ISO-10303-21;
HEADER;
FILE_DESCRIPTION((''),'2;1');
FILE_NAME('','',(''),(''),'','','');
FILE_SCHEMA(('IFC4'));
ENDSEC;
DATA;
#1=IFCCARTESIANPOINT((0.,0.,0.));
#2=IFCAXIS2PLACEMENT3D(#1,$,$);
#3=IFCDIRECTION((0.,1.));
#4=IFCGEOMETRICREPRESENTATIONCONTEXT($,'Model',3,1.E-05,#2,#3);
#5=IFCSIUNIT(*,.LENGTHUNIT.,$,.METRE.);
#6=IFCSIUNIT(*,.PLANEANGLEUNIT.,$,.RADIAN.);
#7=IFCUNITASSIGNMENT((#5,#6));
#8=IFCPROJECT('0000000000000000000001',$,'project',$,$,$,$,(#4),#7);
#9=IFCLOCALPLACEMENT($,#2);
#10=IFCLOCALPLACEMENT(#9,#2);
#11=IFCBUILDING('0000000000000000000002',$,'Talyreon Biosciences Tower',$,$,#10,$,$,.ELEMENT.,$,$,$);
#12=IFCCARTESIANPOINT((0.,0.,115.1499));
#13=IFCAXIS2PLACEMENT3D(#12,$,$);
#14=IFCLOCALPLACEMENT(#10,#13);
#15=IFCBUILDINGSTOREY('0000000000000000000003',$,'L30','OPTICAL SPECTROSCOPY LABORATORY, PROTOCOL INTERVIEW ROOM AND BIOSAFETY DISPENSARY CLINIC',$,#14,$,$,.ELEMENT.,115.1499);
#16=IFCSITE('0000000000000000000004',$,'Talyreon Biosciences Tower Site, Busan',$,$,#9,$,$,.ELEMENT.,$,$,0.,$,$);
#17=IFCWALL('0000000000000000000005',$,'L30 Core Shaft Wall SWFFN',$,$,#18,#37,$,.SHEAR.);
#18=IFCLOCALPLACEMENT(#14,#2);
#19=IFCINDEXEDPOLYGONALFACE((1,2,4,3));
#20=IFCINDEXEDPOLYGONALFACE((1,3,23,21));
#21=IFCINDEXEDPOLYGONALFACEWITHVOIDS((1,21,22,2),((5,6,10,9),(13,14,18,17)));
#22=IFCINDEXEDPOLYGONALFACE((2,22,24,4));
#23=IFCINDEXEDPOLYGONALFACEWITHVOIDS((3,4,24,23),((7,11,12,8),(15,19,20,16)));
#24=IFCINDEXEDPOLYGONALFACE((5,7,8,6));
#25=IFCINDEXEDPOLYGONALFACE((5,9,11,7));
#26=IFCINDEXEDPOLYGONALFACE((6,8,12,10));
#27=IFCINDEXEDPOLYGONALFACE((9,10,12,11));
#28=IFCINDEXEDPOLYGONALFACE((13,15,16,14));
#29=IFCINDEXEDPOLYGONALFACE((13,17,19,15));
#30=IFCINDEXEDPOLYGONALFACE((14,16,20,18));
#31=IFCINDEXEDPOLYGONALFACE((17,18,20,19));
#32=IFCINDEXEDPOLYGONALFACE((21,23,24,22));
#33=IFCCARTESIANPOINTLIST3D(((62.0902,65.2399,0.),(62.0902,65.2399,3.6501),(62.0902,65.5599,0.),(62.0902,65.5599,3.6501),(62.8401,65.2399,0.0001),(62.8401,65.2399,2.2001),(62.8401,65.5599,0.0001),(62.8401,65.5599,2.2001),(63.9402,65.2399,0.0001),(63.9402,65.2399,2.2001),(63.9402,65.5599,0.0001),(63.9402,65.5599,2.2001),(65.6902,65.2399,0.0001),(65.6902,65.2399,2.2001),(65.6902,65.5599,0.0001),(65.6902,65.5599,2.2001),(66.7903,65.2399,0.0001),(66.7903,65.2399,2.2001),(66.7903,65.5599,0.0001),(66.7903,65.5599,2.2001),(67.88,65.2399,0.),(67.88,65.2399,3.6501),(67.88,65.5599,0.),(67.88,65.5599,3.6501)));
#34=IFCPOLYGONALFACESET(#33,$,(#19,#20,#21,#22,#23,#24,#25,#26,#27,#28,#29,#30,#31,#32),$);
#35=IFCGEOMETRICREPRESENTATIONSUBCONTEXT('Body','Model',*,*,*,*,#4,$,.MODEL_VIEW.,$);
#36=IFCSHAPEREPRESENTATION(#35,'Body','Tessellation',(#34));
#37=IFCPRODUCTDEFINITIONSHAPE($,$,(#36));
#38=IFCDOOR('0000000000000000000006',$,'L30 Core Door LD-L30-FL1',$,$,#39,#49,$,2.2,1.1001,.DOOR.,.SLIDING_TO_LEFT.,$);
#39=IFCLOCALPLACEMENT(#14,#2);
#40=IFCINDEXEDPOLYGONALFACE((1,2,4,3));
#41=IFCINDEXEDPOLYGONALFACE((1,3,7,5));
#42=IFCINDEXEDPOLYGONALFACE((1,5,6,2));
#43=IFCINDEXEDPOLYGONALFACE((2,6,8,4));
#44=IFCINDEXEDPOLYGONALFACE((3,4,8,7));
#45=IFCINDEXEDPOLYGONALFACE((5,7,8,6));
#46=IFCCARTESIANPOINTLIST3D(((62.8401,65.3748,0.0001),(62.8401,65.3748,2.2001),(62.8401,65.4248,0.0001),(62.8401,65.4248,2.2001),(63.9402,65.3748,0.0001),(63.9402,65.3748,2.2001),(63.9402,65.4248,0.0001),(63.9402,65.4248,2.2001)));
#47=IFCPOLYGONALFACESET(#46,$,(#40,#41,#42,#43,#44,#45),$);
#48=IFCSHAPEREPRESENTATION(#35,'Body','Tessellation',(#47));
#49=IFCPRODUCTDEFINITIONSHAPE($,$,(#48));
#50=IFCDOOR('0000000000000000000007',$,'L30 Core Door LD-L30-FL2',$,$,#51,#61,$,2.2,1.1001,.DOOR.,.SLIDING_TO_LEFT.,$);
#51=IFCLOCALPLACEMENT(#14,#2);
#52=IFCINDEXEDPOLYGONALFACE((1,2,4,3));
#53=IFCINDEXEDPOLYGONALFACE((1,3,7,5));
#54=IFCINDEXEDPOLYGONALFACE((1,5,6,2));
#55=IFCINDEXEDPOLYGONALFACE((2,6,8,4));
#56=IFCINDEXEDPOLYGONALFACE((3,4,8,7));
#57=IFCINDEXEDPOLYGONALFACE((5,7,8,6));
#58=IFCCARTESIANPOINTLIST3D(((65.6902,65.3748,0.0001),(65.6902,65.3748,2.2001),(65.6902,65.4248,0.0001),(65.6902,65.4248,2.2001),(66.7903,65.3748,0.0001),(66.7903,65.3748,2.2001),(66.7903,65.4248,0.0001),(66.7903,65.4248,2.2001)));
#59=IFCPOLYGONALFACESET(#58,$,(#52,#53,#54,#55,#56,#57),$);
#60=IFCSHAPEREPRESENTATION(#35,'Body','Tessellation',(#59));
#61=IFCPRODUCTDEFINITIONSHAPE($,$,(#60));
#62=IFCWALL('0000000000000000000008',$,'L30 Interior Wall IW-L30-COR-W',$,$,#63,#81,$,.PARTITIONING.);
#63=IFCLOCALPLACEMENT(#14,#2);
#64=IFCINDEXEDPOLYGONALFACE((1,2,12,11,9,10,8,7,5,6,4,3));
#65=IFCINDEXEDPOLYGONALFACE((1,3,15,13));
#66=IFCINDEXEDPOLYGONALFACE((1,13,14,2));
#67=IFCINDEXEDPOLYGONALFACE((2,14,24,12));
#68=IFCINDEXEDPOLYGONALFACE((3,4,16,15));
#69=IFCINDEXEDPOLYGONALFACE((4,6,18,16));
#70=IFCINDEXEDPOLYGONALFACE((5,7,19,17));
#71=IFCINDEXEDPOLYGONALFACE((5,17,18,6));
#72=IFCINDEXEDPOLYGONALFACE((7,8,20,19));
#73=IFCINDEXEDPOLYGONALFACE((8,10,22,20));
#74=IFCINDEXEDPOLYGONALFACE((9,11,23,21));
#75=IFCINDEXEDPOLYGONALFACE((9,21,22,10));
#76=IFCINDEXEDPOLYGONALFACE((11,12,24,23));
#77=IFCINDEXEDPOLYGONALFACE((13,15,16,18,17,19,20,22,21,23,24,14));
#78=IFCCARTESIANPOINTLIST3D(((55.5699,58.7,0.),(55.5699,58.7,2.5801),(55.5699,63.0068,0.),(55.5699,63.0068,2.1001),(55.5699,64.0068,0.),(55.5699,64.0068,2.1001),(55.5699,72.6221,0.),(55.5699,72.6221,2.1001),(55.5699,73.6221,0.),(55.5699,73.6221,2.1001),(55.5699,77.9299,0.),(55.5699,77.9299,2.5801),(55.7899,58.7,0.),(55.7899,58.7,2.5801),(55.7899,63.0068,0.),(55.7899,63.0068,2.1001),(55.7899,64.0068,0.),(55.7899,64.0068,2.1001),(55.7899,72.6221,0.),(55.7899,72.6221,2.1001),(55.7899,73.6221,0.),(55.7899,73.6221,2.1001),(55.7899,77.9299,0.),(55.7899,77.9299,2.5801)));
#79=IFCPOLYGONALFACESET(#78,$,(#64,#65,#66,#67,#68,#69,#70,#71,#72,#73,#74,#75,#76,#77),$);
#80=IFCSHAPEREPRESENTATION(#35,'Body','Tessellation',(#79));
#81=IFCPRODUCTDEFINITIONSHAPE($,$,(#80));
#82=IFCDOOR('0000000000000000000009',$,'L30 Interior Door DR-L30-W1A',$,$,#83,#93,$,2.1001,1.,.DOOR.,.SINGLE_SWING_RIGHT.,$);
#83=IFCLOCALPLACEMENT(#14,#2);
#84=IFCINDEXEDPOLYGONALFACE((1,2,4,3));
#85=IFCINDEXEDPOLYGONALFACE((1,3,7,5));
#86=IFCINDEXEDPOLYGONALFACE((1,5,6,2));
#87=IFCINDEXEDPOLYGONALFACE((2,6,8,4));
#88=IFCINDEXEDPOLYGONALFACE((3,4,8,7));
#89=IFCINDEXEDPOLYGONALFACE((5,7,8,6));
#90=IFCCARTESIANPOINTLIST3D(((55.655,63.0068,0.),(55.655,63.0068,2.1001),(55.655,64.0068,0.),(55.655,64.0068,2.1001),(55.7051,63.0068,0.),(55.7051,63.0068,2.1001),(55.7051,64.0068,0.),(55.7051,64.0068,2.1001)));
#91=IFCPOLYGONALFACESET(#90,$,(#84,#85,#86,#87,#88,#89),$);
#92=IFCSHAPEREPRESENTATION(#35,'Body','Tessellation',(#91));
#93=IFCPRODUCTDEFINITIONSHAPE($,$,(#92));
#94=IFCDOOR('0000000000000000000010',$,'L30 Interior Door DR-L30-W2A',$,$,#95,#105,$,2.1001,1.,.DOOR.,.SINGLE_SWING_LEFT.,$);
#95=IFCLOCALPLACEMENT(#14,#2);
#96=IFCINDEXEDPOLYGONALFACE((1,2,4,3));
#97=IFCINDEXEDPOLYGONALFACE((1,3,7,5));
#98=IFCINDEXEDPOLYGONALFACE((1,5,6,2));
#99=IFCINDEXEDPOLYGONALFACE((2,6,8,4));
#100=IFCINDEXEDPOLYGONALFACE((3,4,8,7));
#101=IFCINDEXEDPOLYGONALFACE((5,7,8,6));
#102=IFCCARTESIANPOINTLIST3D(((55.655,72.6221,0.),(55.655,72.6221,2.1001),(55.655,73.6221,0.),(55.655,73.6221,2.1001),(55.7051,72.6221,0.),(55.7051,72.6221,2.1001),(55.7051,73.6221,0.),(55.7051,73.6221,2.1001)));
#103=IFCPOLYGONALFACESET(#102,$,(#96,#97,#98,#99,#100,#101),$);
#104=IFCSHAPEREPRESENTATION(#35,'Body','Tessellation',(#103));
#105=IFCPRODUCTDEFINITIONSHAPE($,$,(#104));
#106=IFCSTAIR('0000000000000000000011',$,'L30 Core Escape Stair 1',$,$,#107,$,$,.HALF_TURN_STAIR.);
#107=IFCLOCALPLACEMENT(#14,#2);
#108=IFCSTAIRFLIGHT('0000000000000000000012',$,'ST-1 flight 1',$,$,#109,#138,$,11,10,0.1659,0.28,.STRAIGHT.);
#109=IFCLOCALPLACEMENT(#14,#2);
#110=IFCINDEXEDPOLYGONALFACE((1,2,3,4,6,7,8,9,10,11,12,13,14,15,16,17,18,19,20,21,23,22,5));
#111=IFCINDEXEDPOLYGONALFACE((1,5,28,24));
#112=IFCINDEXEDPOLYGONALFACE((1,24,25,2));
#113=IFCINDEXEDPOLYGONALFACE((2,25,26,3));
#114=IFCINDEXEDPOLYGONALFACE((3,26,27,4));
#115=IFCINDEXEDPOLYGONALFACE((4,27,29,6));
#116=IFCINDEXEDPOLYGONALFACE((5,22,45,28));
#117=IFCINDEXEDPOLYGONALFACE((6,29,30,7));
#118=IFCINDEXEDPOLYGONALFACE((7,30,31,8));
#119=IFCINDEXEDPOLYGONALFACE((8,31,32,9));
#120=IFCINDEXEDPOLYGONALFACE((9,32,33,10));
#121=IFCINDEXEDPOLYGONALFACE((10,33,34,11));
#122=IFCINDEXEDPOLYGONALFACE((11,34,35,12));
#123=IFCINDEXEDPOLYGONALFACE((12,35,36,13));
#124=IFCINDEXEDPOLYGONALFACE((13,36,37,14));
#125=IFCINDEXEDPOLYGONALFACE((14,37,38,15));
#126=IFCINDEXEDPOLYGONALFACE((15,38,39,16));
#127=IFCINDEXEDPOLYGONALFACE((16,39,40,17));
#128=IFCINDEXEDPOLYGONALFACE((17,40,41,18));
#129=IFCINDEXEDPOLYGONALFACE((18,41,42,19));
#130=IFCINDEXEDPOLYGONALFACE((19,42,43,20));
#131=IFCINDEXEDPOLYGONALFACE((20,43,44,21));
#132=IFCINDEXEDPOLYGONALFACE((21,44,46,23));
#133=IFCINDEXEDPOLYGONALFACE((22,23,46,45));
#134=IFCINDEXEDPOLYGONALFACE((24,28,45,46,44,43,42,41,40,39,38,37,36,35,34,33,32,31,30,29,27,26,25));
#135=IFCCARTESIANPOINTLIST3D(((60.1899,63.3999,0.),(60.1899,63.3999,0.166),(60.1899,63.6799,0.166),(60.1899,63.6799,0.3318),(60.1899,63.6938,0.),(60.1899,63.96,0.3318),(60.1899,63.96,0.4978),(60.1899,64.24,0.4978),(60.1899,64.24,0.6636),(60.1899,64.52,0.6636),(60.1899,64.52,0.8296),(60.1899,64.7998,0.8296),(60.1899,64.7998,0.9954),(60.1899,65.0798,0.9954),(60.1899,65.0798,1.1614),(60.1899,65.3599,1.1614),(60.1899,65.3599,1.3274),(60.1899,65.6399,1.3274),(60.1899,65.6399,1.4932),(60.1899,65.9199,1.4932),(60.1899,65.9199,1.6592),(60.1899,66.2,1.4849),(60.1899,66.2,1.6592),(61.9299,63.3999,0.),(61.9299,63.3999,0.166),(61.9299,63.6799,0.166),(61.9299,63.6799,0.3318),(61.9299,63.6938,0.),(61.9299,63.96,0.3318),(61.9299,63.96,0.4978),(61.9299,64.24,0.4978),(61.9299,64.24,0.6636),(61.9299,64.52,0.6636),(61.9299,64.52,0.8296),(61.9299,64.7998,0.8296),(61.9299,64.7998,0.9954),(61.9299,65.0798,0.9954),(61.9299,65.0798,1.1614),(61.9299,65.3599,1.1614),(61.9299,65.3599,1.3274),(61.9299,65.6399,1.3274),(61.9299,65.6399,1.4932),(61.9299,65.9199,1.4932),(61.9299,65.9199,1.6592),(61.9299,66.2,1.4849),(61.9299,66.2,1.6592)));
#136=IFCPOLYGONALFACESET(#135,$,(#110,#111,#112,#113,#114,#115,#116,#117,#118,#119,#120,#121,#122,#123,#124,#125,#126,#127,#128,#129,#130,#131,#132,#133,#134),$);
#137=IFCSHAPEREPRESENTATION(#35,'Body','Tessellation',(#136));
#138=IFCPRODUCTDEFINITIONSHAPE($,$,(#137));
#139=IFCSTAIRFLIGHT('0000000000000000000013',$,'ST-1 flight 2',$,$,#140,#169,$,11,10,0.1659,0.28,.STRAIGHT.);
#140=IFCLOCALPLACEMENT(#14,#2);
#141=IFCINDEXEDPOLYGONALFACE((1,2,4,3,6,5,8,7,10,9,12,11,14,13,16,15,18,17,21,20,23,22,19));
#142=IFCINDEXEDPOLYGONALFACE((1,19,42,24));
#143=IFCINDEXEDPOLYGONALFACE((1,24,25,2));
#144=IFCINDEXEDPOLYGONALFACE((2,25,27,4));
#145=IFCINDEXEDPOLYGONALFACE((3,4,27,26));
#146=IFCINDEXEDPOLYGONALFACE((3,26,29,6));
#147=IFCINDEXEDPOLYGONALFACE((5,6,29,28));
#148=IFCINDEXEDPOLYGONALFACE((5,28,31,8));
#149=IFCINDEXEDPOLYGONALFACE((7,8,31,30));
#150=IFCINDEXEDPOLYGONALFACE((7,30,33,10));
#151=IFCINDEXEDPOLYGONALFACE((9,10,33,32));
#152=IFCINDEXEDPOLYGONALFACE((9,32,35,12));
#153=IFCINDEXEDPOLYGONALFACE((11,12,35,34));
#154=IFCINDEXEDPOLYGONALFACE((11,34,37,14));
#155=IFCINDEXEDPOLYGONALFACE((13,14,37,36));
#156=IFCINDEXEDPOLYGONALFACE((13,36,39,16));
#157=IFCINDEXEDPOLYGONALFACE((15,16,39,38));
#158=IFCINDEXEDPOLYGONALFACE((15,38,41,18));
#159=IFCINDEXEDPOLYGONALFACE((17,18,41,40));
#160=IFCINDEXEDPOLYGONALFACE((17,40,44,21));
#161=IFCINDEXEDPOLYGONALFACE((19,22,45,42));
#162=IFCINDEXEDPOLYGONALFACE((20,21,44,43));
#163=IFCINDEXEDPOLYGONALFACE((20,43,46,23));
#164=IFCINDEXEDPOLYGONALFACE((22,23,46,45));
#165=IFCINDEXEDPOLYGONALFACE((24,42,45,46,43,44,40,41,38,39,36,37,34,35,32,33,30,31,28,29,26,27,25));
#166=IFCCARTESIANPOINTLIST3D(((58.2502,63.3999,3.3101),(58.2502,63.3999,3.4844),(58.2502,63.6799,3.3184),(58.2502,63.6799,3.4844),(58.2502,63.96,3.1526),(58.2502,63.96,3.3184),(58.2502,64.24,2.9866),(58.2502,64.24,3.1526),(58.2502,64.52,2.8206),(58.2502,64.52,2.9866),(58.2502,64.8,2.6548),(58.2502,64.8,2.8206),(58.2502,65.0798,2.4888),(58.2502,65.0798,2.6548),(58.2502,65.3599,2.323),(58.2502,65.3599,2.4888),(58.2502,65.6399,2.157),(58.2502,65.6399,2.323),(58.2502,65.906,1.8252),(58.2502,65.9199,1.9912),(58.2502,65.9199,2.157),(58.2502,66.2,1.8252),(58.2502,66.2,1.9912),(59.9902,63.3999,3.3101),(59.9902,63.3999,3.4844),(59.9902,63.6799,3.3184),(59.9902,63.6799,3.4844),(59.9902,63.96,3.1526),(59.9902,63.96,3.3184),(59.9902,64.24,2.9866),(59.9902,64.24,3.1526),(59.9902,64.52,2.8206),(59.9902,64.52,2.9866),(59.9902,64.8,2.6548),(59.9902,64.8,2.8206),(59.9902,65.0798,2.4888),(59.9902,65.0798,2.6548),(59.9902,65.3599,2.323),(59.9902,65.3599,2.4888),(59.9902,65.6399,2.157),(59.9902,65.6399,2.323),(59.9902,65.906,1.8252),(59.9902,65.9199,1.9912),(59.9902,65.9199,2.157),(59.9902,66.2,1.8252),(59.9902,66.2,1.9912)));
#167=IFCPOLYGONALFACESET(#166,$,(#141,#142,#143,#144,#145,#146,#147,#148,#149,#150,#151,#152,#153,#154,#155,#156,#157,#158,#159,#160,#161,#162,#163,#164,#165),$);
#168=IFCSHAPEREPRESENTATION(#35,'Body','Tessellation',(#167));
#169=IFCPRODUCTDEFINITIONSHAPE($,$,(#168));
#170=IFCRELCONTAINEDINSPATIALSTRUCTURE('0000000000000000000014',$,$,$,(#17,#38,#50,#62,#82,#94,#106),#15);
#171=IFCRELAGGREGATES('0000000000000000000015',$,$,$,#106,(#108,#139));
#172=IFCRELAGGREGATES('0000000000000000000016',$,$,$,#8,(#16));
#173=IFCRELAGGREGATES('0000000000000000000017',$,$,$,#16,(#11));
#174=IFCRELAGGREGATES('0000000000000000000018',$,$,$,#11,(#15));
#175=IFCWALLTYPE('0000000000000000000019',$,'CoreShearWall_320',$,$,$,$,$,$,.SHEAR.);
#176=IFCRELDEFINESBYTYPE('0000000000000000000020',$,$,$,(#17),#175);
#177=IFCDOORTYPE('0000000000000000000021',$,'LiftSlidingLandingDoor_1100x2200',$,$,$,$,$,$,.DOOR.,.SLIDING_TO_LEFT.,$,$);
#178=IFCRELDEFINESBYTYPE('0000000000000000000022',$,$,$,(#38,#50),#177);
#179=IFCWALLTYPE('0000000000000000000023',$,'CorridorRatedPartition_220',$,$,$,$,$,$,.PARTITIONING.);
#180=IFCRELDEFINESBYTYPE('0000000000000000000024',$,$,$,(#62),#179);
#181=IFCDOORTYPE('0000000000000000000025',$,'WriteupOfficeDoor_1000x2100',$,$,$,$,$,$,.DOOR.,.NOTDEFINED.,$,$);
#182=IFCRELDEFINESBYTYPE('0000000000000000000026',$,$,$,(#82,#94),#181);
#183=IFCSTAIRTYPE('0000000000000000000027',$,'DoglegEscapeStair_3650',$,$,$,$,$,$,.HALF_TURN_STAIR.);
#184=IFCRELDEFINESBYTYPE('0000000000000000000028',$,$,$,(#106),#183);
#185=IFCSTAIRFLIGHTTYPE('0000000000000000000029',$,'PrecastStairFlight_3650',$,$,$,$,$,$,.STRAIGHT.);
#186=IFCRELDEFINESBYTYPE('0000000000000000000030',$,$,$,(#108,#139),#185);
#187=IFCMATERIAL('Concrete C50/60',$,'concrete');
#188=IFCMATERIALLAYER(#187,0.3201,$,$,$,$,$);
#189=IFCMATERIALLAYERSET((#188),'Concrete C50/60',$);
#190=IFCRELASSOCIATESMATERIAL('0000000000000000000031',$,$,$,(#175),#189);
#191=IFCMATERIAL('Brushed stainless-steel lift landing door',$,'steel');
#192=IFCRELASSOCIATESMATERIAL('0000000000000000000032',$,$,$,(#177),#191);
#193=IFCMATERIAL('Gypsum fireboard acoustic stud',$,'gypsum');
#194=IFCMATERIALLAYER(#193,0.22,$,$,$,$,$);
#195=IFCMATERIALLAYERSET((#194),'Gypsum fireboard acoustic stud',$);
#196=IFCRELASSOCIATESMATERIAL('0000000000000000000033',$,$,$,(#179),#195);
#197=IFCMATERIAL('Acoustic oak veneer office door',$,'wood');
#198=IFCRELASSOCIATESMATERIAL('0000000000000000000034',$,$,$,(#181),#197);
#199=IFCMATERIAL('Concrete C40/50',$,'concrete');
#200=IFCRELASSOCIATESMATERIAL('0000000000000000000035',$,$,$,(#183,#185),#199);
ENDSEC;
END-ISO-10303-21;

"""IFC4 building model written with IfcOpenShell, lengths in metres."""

from ifc_helpers import new_model, si_unit, direction, frame, frame_2d, origin, place, context, subcontext, project, spatial, polyline, rectangle, outline, extrude, material, layer, layer_set, type_object, element, fill, aggregate, save


model = new_model("IFC4")

# Units and contexts
model_context = context("Model", 3, precision=1e-05, world=origin(), true_north=direction((0.0, 1.0)))
body_context = subcontext(model_context, "Body", "Model", "MODEL_VIEW")
ifc_project = project(units=[si_unit("LENGTHUNIT", "METRE"), si_unit("PLANEANGLEUNIT", "RADIAN")], contexts=[model_context])

# Site, building, storey
site_placement = place(None, origin())
site = spatial("IfcSite", under=ifc_project, at=site_placement, Name="Talyreon Biosciences Tower Site, Busan", CompositionType="ELEMENT", RefElevation=0.0)
building_placement = place(site_placement, origin())
building = spatial("IfcBuilding", under=site, at=building_placement, Name="Talyreon Biosciences Tower", CompositionType="ELEMENT")
storey_placement = place(building_placement, frame((0.0, 0.0, 115.1499)))
storey = spatial("IfcBuildingStorey", under=building, at=storey_placement, Name="L30", Description="OPTICAL SPECTROSCOPY LABORATORY, PROTOCOL INTERVIEW ROOM AND BIOSAFETY DISPENSARY CLINIC", CompositionType="ELEMENT", Elevation=115.1499)

# Shared definitions
ifc_material_1 = material(Name="Concrete C50/60", Category="concrete")

# Shared definitions
ifc_layer_1 = layer(ifc_material_1, 0.3201)
ifc_layer_set_1 = layer_set([ifc_layer_1], Name="Concrete C50/60")
wall_type_1 = type_object("IfcWallType", Name="CoreShearWall_320", PredefinedType="SHEAR", material=ifc_layer_set_1)

# Walls, openings, doors
wall_1_placement = place(storey_placement, frame((62.0901, 65.3999, 0.0), z_axis=(0.0, 0.0, 1.0), x_axis=(1.0, 0.0, 0.0)))
wall_1 = element("IfcWall", 1, at=wall_1_placement, inside=storey, type_object=wall_type_1, Name="L30 Core Shaft Wall SWFFN", PredefinedType="SHEAR", context=body_context, shape_type="SweptSolid", body=[
    extrude(rectangle(XDim=5.7898, YDim=0.3201, at=frame_2d((2.895, 0.0))), origin(), (0.0, 0.0, 1.0), 3.6501),
])
opening_1_placement = place(wall_1_placement, frame((0.75, 0.0, 0.0)))
opening_1 = element("IfcOpeningElement", 2, at=opening_1_placement, cuts=wall_1, PredefinedType="OPENING", context=body_context, shape_type="SweptSolid", body=[
    extrude(rectangle(XDim=1.1001, YDim=2.2, at=frame_2d((0.55, 1.1001))), frame((0.0, 0.1699, 0.0), z_axis=(0.0, -1.0, 0.0), x_axis=(1.0, 0.0, 0.0)), (0.0, 0.0, 1.0), 0.3401),
])
opening_2_placement = place(wall_1_placement, frame((3.6001, 0.0, 0.0)))
opening_2 = element("IfcOpeningElement", 3, at=opening_2_placement, cuts=wall_1, PredefinedType="OPENING", context=body_context, shape_type="SweptSolid", body=[
    extrude(rectangle(XDim=1.1001, YDim=2.2, at=frame_2d((0.55, 1.1001))), frame((0.0, 0.1699, 0.0), z_axis=(0.0, -1.0, 0.0), x_axis=(1.0, 0.0, 0.0)), (0.0, 0.0, 1.0), 0.3401),
])
ifc_material_2 = material(Name="Brushed stainless-steel lift landing door", Category="steel")
door_type_1 = type_object("IfcDoorType", Name="LiftSlidingLandingDoor_1100x2200", OperationType="SLIDING_TO_LEFT", PredefinedType="DOOR", material=ifc_material_2)
door_1_placement = place(opening_1_placement, origin())
door_1 = element("IfcDoor", 4, at=door_1_placement, inside=storey, type_object=door_type_1, Name="L30 Core Door LD-L30-FL1", OperationType="SLIDING_TO_LEFT", OverallHeight=2.2, OverallWidth=1.1001, PredefinedType="DOOR", context=body_context, shape_type="SweptSolid", body=[
    extrude(rectangle(XDim=1.1001, YDim=2.2, at=frame_2d((0.55, 1.1001))), frame((0.0, 0.0249, 0.0), z_axis=(0.0, -1.0, 0.0), x_axis=(1.0, 0.0, 0.0)), (0.0, 0.0, 1.0), 0.05),
])
fill(opening_1, door_1)
door_2_placement = place(opening_2_placement, origin())
door_2 = element("IfcDoor", 5, at=door_2_placement, inside=storey, type_object=door_type_1, Name="L30 Core Door LD-L30-FL2", OperationType="SLIDING_TO_LEFT", OverallHeight=2.2, OverallWidth=1.1001, PredefinedType="DOOR", context=body_context, shape_type="SweptSolid", body=[
    extrude(rectangle(XDim=1.1001, YDim=2.2, at=frame_2d((0.55, 1.1001))), frame((0.0, 0.0249, 0.0), z_axis=(0.0, -1.0, 0.0), x_axis=(1.0, 0.0, 0.0)), (0.0, 0.0, 1.0), 0.05),
])
fill(opening_2, door_2)
ifc_material_3 = material(Name="Gypsum fireboard acoustic stud", Category="gypsum")
ifc_layer_2 = layer(ifc_material_3, 0.22)
ifc_layer_set_2 = layer_set([ifc_layer_2], Name="Gypsum fireboard acoustic stud")
wall_type_2 = type_object("IfcWallType", Name="CorridorRatedPartition_220", PredefinedType="PARTITIONING", material=ifc_layer_set_2)
wall_2_placement = place(storey_placement, frame((55.6799, 58.7, 0.0), z_axis=(0.0, 0.0, 1.0), x_axis=(0.0, 1.0, 0.0)))
wall_2 = element("IfcWall", 6, at=wall_2_placement, inside=storey, type_object=wall_type_2, Name="L30 Interior Wall IW-L30-COR-W", PredefinedType="PARTITIONING", context=body_context, shape_type="SweptSolid", body=[
    extrude(rectangle(XDim=19.23, YDim=0.22, at=frame_2d((9.615, 0.0))), origin(), (0.0, 0.0, 1.0), 2.5801),
])
opening_3_placement = place(wall_2_placement, frame((4.3069, 0.0, 0.0)))
opening_3 = element("IfcOpeningElement", 7, at=opening_3_placement, cuts=wall_2, PredefinedType="OPENING", context=body_context, shape_type="SweptSolid", body=[
    extrude(rectangle(XDim=1.0, YDim=2.1001, at=frame_2d((0.5, 1.05))), frame((0.0, 0.1199, 0.0), z_axis=(0.0, -1.0, 0.0), x_axis=(1.0, 0.0, 0.0)), (0.0, 0.0, 1.0), 0.24),
])
opening_4_placement = place(wall_2_placement, frame((13.9221, 0.0, 0.0)))
opening_4 = element("IfcOpeningElement", 8, at=opening_4_placement, cuts=wall_2, PredefinedType="OPENING", context=body_context, shape_type="SweptSolid", body=[
    extrude(rectangle(XDim=1.0, YDim=2.1001, at=frame_2d((0.5, 1.05))), frame((0.0, 0.1199, 0.0), z_axis=(0.0, -1.0, 0.0), x_axis=(1.0, 0.0, 0.0)), (0.0, 0.0, 1.0), 0.24),
])
ifc_material_4 = material(Name="Acoustic oak veneer office door", Category="wood")
door_type_2 = type_object("IfcDoorType", Name="WriteupOfficeDoor_1000x2100", OperationType="NOTDEFINED", PredefinedType="DOOR", material=ifc_material_4)
door_3_placement = place(opening_3_placement, origin())
door_3 = element("IfcDoor", 9, at=door_3_placement, inside=storey, type_object=door_type_2, Name="L30 Interior Door DR-L30-W1A", OperationType="SINGLE_SWING_RIGHT", OverallHeight=2.1001, OverallWidth=1.0, PredefinedType="DOOR", context=body_context, shape_type="SweptSolid", body=[
    extrude(rectangle(XDim=1.0, YDim=2.1001, at=frame_2d((0.5, 1.05))), frame((0.0, 0.0249, 0.0), z_axis=(0.0, -1.0, 0.0), x_axis=(1.0, 0.0, 0.0)), (0.0, 0.0, 1.0), 0.05),
])
fill(opening_3, door_3)
door_4_placement = place(opening_4_placement, origin())
door_4 = element("IfcDoor", 10, at=door_4_placement, inside=storey, type_object=door_type_2, Name="L30 Interior Door DR-L30-W2A", OperationType="SINGLE_SWING_LEFT", OverallHeight=2.1001, OverallWidth=1.0, PredefinedType="DOOR", context=body_context, shape_type="SweptSolid", body=[
    extrude(rectangle(XDim=1.0, YDim=2.1001, at=frame_2d((0.5, 1.05))), frame((0.0, 0.0249, 0.0), z_axis=(0.0, -1.0, 0.0), x_axis=(1.0, 0.0, 0.0)), (0.0, 0.0, 1.0), 0.05),
])
fill(opening_4, door_4)

# Stair, stair flights
ifc_material_5 = material(Name="Concrete C40/50", Category="concrete")
stair_type = type_object("IfcStairType", Name="DoglegEscapeStair_3650", PredefinedType="HALF_TURN_STAIR", material=ifc_material_5)
stair_placement = place(storey_placement, origin())
stair = element("IfcStair", 11, at=stair_placement, inside=storey, type_object=stair_type, Name="L30 Core Escape Stair 1", PredefinedType="HALF_TURN_STAIR")
stair_flight_type = type_object("IfcStairFlightType", Name="PrecastStairFlight_3650", PredefinedType="STRAIGHT", material=ifc_material_5)
stair_flight_1_placement = place(storey_placement, frame((61.0601, 63.3999, 0.0), z_axis=(0.0, 0.0, 1.0), x_axis=(0.0, 1.0, 0.0)))
stair_flight_1 = element("IfcStairFlight", 12, at=stair_flight_1_placement, type_object=stair_flight_type, Name="ST-1 flight 1", NumberOfRisers=11, NumberOfTreads=10, PredefinedType="STRAIGHT", RiserHeight=0.1659, TreadLength=0.28, context=body_context, shape_type="SweptSolid", body=[
    extrude(outline(polyline([(0.0, 0.0), (0.0, 0.166), (0.28, 0.166), (0.28, 0.3318), (0.5601, 0.3318), (0.5601, 0.4978), (0.8401, 0.4978), (0.8401, 0.6636), (1.1201, 0.6636), (1.1201, 0.8296), (1.3999, 0.8296), (1.3999, 0.9954), (1.6799, 0.9954), (1.6799, 1.1614), (1.96, 1.1614), (1.96, 1.3274), (2.24, 1.3274), (2.24, 1.4932), (2.52, 1.4932), (2.52, 1.6592), (2.8, 1.6592), (2.8, 1.825), (2.8, 1.4849), (0.2939, 0.0), (0.0, 0.0)])), frame((0.0, 0.8701, 0.0), z_axis=(0.0, -1.0, 0.0), x_axis=(1.0, 0.0, 0.0)), (0.0, 0.0, 1.0), 1.74),
])
stair_flight_2_placement = place(storey_placement, frame((59.1201, 66.2, 1.8252), z_axis=(0.0, 0.0, 1.0), x_axis=(0.0, -1.0, 0.0)))
stair_flight_2 = element("IfcStairFlight", 13, at=stair_flight_2_placement, type_object=stair_flight_type, Name="ST-1 flight 2", NumberOfRisers=11, NumberOfTreads=10, PredefinedType="STRAIGHT", RiserHeight=0.1659, TreadLength=0.28, context=body_context, shape_type="SweptSolid", body=[
    extrude(outline(polyline([(0.0, 0.0), (0.0, 0.166), (0.28, 0.166), (0.28, 0.3318), (0.5601, 0.3318), (0.5601, 0.4978), (0.8401, 0.4978), (0.8401, 0.6636), (1.1201, 0.6636), (1.1201, 0.8296), (1.3999, 0.8296), (1.3999, 0.9954), (1.6799, 0.9954), (1.6799, 1.1614), (1.96, 1.1614), (1.96, 1.3274), (2.24, 1.3274), (2.24, 1.4932), (2.52, 1.4932), (2.52, 1.6592), (2.8, 1.6592), (2.8, 1.825), (2.8, 1.4849), (0.2939, 0.0), (0.0, 0.0)])), frame((0.0, 0.8701, 0.0), z_axis=(0.0, -1.0, 0.0), x_axis=(1.0, 0.0, 0.0)), (0.0, 0.0, 1.0), 1.74),
])
aggregate(stair, [stair_flight_1, stair_flight_2])

save(model, "model.ifc")
